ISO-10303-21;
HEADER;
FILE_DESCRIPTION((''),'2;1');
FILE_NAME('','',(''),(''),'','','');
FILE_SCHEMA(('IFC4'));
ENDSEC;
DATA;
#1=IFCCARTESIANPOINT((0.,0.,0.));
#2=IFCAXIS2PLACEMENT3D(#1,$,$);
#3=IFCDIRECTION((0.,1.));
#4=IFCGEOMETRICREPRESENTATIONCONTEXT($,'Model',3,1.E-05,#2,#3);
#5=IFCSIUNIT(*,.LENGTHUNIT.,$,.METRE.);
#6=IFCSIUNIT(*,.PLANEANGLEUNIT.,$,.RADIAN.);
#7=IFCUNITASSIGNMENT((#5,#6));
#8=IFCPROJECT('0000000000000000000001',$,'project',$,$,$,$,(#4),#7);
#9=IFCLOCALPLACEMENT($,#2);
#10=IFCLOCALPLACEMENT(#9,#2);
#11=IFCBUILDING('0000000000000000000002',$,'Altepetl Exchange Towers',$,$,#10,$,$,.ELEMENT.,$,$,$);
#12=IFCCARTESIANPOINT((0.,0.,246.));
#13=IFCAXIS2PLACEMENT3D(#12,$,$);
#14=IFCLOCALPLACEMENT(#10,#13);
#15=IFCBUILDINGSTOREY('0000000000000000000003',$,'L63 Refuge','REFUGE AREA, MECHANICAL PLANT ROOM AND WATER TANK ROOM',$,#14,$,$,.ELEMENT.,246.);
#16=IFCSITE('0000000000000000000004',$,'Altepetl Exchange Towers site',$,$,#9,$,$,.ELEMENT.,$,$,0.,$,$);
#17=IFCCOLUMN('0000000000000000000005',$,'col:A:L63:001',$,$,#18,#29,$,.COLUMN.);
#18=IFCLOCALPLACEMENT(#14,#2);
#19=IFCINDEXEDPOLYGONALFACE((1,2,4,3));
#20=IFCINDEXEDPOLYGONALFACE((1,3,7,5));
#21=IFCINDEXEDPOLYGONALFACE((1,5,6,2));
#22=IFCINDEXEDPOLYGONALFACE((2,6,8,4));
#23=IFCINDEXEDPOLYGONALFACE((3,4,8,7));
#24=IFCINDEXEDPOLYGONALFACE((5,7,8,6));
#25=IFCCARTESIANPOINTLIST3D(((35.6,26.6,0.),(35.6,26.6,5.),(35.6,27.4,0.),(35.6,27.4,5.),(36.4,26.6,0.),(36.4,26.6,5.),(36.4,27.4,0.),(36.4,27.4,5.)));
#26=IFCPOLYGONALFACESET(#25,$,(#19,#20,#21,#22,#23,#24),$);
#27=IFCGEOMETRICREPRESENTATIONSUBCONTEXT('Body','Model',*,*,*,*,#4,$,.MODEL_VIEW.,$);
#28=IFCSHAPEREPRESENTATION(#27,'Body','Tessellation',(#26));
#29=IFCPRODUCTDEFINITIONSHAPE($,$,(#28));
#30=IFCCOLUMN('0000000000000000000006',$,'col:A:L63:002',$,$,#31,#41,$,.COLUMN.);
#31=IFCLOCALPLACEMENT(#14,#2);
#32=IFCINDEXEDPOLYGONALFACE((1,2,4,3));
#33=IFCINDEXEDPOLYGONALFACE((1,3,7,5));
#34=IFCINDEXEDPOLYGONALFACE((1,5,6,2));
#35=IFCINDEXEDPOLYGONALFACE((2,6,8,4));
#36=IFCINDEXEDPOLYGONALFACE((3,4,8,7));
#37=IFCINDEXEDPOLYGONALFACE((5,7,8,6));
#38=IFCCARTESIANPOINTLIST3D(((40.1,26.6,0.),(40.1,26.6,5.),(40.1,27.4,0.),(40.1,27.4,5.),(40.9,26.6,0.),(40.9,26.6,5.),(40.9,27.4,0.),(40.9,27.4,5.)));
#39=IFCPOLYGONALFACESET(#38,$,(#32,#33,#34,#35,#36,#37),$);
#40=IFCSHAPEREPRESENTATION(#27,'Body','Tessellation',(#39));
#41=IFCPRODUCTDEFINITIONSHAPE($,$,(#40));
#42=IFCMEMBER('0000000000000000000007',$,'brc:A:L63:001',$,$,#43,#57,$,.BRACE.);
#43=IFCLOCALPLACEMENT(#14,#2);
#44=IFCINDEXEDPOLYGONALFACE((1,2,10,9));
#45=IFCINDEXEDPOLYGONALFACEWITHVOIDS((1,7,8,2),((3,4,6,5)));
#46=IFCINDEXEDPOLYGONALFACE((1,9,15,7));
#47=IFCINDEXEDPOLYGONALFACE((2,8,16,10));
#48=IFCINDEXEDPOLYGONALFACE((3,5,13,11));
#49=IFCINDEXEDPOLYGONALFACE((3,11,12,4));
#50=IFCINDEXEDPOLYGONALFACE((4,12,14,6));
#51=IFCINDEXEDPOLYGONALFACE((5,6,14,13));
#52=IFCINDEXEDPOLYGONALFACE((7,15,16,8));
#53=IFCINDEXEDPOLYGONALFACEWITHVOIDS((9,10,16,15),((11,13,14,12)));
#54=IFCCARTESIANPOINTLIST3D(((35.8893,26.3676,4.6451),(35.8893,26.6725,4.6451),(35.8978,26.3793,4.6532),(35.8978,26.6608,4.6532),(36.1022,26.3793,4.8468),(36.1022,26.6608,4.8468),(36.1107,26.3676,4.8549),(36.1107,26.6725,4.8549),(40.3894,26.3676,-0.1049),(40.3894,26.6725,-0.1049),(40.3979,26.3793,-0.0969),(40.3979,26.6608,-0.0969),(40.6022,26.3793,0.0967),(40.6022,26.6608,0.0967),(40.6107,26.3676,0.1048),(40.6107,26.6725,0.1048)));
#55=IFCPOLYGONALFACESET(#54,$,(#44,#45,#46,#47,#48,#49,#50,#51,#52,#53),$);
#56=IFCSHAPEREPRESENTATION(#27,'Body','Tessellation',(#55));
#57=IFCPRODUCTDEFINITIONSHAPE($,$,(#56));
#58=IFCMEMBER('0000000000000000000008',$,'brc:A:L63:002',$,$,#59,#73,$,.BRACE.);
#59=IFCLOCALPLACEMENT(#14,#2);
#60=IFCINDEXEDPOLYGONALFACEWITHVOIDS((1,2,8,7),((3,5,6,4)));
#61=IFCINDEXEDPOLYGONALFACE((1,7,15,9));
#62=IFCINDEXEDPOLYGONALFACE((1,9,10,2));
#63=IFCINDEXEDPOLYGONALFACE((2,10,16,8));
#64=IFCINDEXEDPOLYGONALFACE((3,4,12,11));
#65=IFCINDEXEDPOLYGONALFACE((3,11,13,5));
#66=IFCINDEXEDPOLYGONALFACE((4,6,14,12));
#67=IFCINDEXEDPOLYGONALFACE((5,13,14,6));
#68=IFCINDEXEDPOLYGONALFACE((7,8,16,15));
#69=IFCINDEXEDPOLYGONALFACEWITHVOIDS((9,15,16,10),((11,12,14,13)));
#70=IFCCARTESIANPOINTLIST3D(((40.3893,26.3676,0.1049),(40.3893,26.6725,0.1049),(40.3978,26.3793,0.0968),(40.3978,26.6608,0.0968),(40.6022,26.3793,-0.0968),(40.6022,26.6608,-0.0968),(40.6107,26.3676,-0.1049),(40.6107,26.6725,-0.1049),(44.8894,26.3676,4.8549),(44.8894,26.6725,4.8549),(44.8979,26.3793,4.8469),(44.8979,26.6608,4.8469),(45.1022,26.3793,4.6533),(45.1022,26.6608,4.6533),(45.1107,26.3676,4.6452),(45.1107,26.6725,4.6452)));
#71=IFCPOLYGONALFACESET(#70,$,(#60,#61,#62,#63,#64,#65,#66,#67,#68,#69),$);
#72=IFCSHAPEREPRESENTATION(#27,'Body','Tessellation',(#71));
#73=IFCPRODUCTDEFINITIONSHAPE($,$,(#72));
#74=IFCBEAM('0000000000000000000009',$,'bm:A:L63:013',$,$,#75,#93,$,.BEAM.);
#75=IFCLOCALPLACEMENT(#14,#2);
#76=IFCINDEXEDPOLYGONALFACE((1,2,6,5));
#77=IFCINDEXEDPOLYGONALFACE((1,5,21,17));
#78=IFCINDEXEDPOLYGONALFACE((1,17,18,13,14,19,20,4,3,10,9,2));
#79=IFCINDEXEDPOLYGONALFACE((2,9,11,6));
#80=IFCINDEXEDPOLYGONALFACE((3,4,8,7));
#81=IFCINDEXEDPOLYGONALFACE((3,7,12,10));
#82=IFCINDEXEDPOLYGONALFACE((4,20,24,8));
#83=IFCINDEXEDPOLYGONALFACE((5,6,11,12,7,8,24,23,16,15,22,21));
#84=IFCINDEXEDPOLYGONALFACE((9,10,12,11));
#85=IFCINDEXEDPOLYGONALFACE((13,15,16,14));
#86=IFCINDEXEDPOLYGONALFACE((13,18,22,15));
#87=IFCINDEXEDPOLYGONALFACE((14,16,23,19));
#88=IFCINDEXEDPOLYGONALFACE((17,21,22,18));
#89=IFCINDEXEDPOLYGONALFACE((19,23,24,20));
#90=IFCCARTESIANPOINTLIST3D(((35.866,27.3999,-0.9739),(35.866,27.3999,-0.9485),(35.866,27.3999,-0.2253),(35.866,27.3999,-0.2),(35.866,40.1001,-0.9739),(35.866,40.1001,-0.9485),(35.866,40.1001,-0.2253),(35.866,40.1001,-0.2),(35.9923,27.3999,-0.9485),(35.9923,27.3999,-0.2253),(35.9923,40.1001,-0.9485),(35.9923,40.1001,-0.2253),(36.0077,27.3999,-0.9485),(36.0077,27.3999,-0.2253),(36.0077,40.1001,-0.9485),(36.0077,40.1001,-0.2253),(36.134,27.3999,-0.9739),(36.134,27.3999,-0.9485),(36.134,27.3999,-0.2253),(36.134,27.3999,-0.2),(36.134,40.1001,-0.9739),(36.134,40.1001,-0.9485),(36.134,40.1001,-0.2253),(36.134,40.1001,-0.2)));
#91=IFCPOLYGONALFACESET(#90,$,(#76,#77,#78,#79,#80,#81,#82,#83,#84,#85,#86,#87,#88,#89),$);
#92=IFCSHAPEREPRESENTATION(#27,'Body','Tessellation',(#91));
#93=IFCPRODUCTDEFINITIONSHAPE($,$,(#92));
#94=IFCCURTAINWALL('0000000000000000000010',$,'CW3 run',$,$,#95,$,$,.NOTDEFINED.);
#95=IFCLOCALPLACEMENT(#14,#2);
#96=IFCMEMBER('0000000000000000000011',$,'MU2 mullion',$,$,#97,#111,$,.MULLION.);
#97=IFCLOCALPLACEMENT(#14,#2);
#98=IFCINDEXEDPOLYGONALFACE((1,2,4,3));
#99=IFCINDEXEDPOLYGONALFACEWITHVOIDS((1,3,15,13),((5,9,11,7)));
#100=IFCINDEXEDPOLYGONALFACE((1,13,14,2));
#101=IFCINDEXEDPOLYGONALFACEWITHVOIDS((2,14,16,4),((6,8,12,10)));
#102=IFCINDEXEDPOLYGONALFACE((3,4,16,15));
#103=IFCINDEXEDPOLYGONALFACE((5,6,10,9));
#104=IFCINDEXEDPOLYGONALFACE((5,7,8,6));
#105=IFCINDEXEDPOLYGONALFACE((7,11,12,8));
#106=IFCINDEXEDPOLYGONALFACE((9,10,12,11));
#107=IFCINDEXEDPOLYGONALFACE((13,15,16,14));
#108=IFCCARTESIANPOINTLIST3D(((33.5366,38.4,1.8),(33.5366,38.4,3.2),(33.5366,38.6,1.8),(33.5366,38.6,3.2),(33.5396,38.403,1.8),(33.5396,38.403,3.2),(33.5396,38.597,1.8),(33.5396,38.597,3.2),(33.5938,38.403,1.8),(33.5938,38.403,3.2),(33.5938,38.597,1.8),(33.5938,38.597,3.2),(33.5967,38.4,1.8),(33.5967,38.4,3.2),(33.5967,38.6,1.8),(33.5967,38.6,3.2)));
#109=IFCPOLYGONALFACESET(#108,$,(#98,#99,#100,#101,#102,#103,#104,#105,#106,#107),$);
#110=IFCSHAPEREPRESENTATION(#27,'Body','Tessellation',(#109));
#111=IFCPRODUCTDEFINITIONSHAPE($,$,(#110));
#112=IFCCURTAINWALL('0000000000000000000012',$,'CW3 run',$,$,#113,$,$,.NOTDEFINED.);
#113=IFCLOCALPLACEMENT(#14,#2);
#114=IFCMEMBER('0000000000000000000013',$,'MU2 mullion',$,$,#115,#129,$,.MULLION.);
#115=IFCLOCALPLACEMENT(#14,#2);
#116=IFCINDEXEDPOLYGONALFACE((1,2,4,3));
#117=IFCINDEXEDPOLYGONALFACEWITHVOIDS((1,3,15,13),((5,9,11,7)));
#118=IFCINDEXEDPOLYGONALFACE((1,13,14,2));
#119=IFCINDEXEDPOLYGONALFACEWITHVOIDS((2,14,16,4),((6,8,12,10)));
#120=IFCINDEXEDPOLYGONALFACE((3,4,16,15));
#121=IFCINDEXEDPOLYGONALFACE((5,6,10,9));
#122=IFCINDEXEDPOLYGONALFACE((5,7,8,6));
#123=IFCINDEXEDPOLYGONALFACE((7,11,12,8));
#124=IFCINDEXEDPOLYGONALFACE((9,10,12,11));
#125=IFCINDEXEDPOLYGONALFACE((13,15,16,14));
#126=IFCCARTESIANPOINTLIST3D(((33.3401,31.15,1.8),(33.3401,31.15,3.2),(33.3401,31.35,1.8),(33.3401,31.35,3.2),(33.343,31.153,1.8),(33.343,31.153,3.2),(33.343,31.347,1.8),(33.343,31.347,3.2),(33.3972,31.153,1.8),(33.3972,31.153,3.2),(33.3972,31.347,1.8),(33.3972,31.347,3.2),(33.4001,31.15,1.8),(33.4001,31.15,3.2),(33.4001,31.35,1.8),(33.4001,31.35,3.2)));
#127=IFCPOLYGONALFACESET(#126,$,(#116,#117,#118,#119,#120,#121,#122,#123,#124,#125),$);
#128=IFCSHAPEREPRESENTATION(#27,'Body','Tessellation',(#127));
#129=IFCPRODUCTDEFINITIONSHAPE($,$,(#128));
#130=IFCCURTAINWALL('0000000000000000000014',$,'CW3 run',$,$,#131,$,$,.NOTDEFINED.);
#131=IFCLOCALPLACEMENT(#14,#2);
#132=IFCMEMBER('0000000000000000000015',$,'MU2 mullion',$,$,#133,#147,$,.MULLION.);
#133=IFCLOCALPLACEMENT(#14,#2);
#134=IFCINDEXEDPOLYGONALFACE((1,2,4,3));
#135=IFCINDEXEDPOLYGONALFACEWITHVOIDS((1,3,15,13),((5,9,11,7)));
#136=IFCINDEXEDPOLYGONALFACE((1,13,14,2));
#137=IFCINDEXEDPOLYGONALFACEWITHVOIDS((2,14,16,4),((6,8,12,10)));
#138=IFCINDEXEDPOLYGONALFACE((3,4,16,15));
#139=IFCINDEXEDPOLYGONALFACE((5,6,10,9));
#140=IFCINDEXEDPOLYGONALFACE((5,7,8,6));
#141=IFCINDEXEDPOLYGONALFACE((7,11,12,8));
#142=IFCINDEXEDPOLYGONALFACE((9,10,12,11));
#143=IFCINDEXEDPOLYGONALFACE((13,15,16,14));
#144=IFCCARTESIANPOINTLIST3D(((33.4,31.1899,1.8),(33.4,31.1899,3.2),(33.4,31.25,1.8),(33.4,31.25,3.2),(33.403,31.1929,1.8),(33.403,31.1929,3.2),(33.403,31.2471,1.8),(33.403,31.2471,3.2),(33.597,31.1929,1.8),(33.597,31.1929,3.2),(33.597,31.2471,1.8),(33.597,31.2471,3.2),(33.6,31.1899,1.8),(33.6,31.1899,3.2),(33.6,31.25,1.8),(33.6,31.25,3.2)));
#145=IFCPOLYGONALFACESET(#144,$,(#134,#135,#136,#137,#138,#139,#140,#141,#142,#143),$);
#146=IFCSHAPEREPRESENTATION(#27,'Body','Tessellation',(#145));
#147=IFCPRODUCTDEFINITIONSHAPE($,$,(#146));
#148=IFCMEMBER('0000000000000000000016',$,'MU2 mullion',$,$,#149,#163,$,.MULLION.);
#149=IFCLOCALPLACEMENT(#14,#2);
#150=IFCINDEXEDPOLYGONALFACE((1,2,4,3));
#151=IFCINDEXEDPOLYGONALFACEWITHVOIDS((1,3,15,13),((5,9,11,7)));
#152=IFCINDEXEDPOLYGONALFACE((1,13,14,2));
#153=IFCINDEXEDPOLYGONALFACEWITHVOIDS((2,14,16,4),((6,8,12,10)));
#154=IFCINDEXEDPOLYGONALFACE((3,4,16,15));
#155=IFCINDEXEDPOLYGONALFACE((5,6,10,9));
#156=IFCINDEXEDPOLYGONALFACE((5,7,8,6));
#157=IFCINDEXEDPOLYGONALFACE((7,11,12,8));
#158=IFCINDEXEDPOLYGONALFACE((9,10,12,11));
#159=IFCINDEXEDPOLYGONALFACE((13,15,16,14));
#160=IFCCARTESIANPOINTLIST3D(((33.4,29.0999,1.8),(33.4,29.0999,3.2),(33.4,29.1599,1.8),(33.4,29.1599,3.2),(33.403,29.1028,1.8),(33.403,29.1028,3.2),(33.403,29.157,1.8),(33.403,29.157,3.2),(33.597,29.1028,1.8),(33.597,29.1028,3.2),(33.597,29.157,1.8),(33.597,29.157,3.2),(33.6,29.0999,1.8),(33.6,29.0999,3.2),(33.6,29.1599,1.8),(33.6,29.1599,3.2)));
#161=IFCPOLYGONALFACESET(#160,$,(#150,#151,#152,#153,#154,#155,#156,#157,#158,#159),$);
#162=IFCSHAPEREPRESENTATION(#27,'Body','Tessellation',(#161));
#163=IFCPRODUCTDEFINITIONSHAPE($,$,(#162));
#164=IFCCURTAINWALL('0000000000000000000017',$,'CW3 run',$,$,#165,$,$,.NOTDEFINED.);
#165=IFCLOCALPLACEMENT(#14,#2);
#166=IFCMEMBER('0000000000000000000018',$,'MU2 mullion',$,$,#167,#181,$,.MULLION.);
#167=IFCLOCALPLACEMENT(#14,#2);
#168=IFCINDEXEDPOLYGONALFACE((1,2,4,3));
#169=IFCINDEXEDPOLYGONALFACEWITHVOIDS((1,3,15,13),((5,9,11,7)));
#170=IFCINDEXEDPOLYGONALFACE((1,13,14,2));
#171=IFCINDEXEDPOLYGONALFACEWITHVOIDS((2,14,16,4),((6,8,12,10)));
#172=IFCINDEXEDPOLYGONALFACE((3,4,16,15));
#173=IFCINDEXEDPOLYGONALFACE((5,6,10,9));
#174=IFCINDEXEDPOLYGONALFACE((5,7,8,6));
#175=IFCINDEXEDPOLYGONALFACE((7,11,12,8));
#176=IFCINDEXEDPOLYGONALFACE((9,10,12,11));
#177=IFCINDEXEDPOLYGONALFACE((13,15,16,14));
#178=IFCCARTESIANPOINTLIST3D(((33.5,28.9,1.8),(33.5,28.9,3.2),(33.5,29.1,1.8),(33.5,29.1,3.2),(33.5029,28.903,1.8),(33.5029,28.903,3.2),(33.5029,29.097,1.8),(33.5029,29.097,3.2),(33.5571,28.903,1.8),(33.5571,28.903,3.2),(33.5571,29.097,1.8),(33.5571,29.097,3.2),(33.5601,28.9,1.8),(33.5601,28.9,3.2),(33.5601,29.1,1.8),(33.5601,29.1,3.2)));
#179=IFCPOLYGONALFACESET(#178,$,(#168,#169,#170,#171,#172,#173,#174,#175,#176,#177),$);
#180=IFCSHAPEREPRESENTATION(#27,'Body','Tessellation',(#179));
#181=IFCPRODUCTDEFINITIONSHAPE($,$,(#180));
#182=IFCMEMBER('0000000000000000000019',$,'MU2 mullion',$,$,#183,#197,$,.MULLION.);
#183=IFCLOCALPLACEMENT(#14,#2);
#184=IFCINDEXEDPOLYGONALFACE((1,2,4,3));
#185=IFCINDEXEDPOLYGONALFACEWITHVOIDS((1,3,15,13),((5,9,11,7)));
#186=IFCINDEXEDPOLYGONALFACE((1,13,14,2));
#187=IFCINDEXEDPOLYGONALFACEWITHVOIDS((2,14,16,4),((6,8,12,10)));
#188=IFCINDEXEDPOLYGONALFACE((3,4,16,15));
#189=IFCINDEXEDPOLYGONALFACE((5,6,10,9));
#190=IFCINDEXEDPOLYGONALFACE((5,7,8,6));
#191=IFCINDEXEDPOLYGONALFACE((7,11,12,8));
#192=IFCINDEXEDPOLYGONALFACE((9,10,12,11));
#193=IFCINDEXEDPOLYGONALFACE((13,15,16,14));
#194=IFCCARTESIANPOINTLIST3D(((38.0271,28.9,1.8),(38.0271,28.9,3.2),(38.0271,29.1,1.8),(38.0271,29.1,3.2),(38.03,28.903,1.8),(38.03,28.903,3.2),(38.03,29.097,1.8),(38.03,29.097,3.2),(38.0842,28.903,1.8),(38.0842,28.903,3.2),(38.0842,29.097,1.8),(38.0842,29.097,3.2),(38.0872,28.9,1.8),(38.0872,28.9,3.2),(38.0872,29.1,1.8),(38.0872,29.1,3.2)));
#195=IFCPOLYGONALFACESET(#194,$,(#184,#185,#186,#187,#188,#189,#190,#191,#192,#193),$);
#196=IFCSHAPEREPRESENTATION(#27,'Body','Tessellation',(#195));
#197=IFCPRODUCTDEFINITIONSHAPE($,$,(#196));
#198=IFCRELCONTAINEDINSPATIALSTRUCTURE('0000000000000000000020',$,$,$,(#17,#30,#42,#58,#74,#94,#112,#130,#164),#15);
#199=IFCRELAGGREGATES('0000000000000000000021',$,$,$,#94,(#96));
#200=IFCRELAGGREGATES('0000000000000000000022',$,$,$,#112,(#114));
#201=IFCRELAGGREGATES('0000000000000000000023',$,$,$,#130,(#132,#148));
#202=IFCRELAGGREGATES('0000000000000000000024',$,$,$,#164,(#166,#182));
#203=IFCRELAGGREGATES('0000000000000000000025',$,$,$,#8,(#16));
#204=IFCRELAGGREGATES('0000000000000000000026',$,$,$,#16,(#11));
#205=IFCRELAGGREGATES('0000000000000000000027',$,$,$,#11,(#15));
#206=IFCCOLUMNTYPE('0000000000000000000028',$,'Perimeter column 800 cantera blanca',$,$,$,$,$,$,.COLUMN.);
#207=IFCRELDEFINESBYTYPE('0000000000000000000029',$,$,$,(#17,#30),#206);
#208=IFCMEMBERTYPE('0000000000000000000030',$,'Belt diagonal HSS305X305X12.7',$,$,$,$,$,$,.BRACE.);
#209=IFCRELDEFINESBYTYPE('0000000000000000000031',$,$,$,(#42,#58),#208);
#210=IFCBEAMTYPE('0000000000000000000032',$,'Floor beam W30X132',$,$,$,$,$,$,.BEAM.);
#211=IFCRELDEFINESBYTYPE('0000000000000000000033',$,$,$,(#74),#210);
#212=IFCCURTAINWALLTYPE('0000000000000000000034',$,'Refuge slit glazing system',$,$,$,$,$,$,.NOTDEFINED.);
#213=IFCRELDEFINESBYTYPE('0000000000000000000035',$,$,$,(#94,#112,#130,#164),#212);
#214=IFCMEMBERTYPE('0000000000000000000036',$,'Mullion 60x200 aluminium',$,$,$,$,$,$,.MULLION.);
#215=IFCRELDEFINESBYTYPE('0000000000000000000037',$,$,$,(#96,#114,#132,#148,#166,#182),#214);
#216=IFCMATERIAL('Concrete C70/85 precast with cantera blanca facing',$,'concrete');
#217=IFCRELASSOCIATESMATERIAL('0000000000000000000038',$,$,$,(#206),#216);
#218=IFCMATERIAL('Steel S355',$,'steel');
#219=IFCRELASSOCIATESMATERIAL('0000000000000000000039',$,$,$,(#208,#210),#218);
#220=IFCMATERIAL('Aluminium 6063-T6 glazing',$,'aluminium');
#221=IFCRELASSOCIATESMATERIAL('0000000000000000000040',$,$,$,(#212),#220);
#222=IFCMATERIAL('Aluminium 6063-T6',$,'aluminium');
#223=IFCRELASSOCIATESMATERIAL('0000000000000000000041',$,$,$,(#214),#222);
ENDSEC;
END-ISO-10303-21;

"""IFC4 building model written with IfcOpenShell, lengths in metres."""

from ifc_helpers import new_model, si_unit, direction, frame, origin, origin_2d, place, context, subcontext, project, spatial, rectangle, hollow_rectangle, i_section, extrude, material, material_profile, profile_set, type_object, element, aggregate, save


model = new_model("IFC4")

# Units and contexts
model_context = context("Model", 3, precision=1e-05, world=origin(), true_north=direction((0.0, 1.0)))
body_context = subcontext(model_context, "Body", "Model", "MODEL_VIEW")
ifc_project = project(units=[si_unit("LENGTHUNIT", "METRE"), si_unit("PLANEANGLEUNIT", "RADIAN")], contexts=[model_context])

# Site, building, storey
site_placement = place(None, origin())
site = spatial("IfcSite", under=ifc_project, at=site_placement, Name="Altepetl Exchange Towers site", CompositionType="ELEMENT", RefElevation=0.0)
building_placement = place(site_placement, origin())
building = spatial("IfcBuilding", under=site, at=building_placement, Name="Altepetl Exchange Towers", CompositionType="ELEMENT")
storey_placement = place(building_placement, frame((0.0, 0.0, 246.0)))
storey = spatial("IfcBuildingStorey", under=building, at=storey_placement, Name="L63 Refuge", Description="REFUGE AREA, MECHANICAL PLANT ROOM AND WATER TANK ROOM", CompositionType="ELEMENT", Elevation=246.0)

# Columns
ifc_material_1 = material(Name="Concrete C70/85 precast with cantera blanca facing", Category="concrete")
ifc_material_profile_1 = material_profile(ifc_material_1, rectangle(XDim=0.8, YDim=0.8, at=origin_2d()), Name="800 x 800")
ifc_profile_set_1 = profile_set([ifc_material_profile_1], Name="Concrete C70/85 precast with cantera blanca facing")
column_type = type_object("IfcColumnType", Name="Perimeter column 800 cantera blanca", PredefinedType="COLUMN", material=ifc_profile_set_1)
for number, where, name in (
    (1, (36.0, 27.0, 0.0), "col:A:L63:001"),
    (2, (40.5, 27.0, 0.0), "col:A:L63:002"),
):
    element("IfcColumn", number, at=place(storey_placement, frame(where)), inside=storey, type_object=column_type, Name=name, PredefinedType="COLUMN", context=body_context, shape_type="SweptSolid", body=[
        extrude(rectangle(XDim=0.8, YDim=0.8, at=origin_2d()), origin(), (0.0, 0.0, 1.0), 5.0),
    ])

# Members
ifc_material_2 = material(Name="Steel S355", Category="steel")
ifc_material_profile_2 = material_profile(ifc_material_2, hollow_rectangle(XDim=0.3049, YDim=0.3049, WallThickness=0.0117, at=origin_2d()), Name="HSS305X305X12.7")
ifc_profile_set_2 = profile_set([ifc_material_profile_2], Name="Steel S355")
member_type_1 = type_object("IfcMemberType", Name="Belt diagonal HSS305X305X12.7", PredefinedType="BRACE", material=ifc_profile_set_2)
for number, where, z_axis, x_axis, name in (
    (3, (36.0, 26.52, 4.75), (0.687745, 0.0, -0.725953), (0.0, 1.0, 0.0), "brc:A:L63:001"),
    (4, (40.5, 26.52, 0.0), (0.687745, 0.0, 0.725953), (0.0, 1.0, 0.0), "brc:A:L63:002"),
):
    element("IfcMember", number, at=place(storey_placement, frame(where, z_axis=z_axis, x_axis=x_axis)), inside=storey, type_object=member_type_1, Name=name, PredefinedType="BRACE", context=body_context, shape_type="SweptSolid", body=[
        extrude(hollow_rectangle(XDim=0.3049, YDim=0.3049, WallThickness=0.0117, at=origin_2d()), origin(), (0.0, 0.0, 1.0), 6.5432),
    ])

# Beam
ifc_material_profile_3 = material_profile(ifc_material_2, i_section(OverallWidth=0.2681, OverallDepth=0.7739, WebThickness=0.0154, FlangeThickness=0.0254, at=origin_2d()), Name="W30X132")
ifc_profile_set_3 = profile_set([ifc_material_profile_3], Name="Steel S355")
beam_type_1 = type_object("IfcBeamType", Name="Floor beam W30X132", PredefinedType="BEAM", material=ifc_profile_set_3)
beam_1_placement = place(storey_placement, frame((36.0, 27.3999, -0.5869), z_axis=(0.0, 1.0, 0.0), x_axis=(-1.0, 0.0, 0.0)))
element("IfcBeam", 5, at=beam_1_placement, inside=storey, type_object=beam_type_1, Name="bm:A:L63:013", PredefinedType="BEAM", context=body_context, shape_type="SweptSolid", body=[
    extrude(i_section(OverallWidth=0.2681, OverallDepth=0.7739, WebThickness=0.0154, FlangeThickness=0.0254, at=origin_2d()), origin(), (0.0, 0.0, 1.0), 12.7002),
])

# Curtain walls, members
ifc_material_3 = material(Name="Aluminium 6063-T6 glazing", Category="aluminium")
curtain_wall_type = type_object("IfcCurtainWallType", Name="Refuge slit glazing system", PredefinedType="NOTDEFINED", material=ifc_material_3)
curtain_wall_1_placement = place(storey_placement, origin())
curtain_wall_1 = element("IfcCurtainWall", 6, at=curtain_wall_1_placement, inside=storey, type_object=curtain_wall_type, Name="CW3 run", PredefinedType="NOTDEFINED")
ifc_material_4 = material(Name="Aluminium 6063-T6", Category="aluminium")
ifc_material_profile_4 = material_profile(ifc_material_4, hollow_rectangle(XDim=0.0601, YDim=0.2, WallThickness=0.0029, at=origin_2d()), Name="Mullion 60x200 aluminium")
ifc_profile_set_4 = profile_set([ifc_material_profile_4], Name="Aluminium 6063-T6")
member_type_2 = type_object("IfcMemberType", Name="Mullion 60x200 aluminium", PredefinedType="MULLION", material=ifc_profile_set_4)
member_1_placement = place(storey_placement, frame((33.5667, 38.5, 1.8), z_axis=(0.0, 0.0, 1.0), x_axis=(-1.0, 0.0, 0.0)))
member_1 = element("IfcMember", 7, at=member_1_placement, type_object=member_type_2, Name="MU2 mullion", PredefinedType="MULLION", context=body_context, shape_type="SweptSolid", body=[
    extrude(hollow_rectangle(XDim=0.0601, YDim=0.2, WallThickness=0.0029, at=origin_2d()), origin(), (0.0, 0.0, 1.0), 1.3999),
])
aggregate(curtain_wall_1, [member_1])
curtain_wall_2_placement = place(storey_placement, origin())
curtain_wall_2 = element("IfcCurtainWall", 8, at=curtain_wall_2_placement, inside=storey, type_object=curtain_wall_type, Name="CW3 run", PredefinedType="NOTDEFINED")
member_2_placement = place(storey_placement, frame((33.3701, 31.25, 1.8)))
member_2 = element("IfcMember", 9, at=member_2_placement, type_object=member_type_2, Name="MU2 mullion", PredefinedType="MULLION", context=body_context, shape_type="SweptSolid", body=[
    extrude(hollow_rectangle(XDim=0.0601, YDim=0.2, WallThickness=0.0029, at=origin_2d()), origin(), (0.0, 0.0, 1.0), 1.3999),
])

# Curtain walls, members
curtain_wall_3_placement = place(storey_placement, origin())
curtain_wall_3 = element("IfcCurtainWall", 10, at=curtain_wall_3_placement, inside=storey, type_object=curtain_wall_type, Name="CW3 run", PredefinedType="NOTDEFINED")
member_3_placement = place(storey_placement, frame((33.5, 31.22, 1.8), z_axis=(0.0, 0.0, 1.0), x_axis=(0.0, -1.0, 0.0)))
member_3 = element("IfcMember", 11, at=member_3_placement, type_object=member_type_2, Name="MU2 mullion", PredefinedType="MULLION", context=body_context, shape_type="SweptSolid", body=[
    extrude(hollow_rectangle(XDim=0.0601, YDim=0.2, WallThickness=0.0029, at=origin_2d()), origin(), (0.0, 0.0, 1.0), 1.3999),
])
member_4_placement = place(storey_placement, frame((33.5, 29.1299, 1.8), z_axis=(0.0, 0.0, 1.0), x_axis=(0.0, -1.0, 0.0)))
member_4 = element("IfcMember", 12, at=member_4_placement, type_object=member_type_2, Name="MU2 mullion", PredefinedType="MULLION", context=body_context, shape_type="SweptSolid", body=[
    extrude(hollow_rectangle(XDim=0.0601, YDim=0.2, WallThickness=0.0029, at=origin_2d()), origin(), (0.0, 0.0, 1.0), 1.3999),
])
curtain_wall_4_placement = place(storey_placement, origin())
curtain_wall_4 = element("IfcCurtainWall", 13, at=curtain_wall_4_placement, inside=storey, type_object=curtain_wall_type, Name="CW3 run", PredefinedType="NOTDEFINED")
member_5_placement = place(storey_placement, frame((33.53, 29.0, 1.8)))
member_5 = element("IfcMember", 14, at=member_5_placement, type_object=member_type_2, Name="MU2 mullion", PredefinedType="MULLION", context=body_context, shape_type="SweptSolid", body=[
    extrude(hollow_rectangle(XDim=0.0601, YDim=0.2, WallThickness=0.0029, at=origin_2d()), origin(), (0.0, 0.0, 1.0), 1.3999),
])
member_6_placement = place(storey_placement, frame((38.0571, 29.0, 1.8)))
member_6 = element("IfcMember", 15, at=member_6_placement, type_object=member_type_2, Name="MU2 mullion", PredefinedType="MULLION", context=body_context, shape_type="SweptSolid", body=[
    extrude(hollow_rectangle(XDim=0.0601, YDim=0.2, WallThickness=0.0029, at=origin_2d()), origin(), (0.0, 0.0, 1.0), 1.3999),
])

aggregate(curtain_wall_2, [member_2])
aggregate(curtain_wall_3, [member_3, member_4])
aggregate(curtain_wall_4, [member_5, member_6])

save(model, "model.ifc")
